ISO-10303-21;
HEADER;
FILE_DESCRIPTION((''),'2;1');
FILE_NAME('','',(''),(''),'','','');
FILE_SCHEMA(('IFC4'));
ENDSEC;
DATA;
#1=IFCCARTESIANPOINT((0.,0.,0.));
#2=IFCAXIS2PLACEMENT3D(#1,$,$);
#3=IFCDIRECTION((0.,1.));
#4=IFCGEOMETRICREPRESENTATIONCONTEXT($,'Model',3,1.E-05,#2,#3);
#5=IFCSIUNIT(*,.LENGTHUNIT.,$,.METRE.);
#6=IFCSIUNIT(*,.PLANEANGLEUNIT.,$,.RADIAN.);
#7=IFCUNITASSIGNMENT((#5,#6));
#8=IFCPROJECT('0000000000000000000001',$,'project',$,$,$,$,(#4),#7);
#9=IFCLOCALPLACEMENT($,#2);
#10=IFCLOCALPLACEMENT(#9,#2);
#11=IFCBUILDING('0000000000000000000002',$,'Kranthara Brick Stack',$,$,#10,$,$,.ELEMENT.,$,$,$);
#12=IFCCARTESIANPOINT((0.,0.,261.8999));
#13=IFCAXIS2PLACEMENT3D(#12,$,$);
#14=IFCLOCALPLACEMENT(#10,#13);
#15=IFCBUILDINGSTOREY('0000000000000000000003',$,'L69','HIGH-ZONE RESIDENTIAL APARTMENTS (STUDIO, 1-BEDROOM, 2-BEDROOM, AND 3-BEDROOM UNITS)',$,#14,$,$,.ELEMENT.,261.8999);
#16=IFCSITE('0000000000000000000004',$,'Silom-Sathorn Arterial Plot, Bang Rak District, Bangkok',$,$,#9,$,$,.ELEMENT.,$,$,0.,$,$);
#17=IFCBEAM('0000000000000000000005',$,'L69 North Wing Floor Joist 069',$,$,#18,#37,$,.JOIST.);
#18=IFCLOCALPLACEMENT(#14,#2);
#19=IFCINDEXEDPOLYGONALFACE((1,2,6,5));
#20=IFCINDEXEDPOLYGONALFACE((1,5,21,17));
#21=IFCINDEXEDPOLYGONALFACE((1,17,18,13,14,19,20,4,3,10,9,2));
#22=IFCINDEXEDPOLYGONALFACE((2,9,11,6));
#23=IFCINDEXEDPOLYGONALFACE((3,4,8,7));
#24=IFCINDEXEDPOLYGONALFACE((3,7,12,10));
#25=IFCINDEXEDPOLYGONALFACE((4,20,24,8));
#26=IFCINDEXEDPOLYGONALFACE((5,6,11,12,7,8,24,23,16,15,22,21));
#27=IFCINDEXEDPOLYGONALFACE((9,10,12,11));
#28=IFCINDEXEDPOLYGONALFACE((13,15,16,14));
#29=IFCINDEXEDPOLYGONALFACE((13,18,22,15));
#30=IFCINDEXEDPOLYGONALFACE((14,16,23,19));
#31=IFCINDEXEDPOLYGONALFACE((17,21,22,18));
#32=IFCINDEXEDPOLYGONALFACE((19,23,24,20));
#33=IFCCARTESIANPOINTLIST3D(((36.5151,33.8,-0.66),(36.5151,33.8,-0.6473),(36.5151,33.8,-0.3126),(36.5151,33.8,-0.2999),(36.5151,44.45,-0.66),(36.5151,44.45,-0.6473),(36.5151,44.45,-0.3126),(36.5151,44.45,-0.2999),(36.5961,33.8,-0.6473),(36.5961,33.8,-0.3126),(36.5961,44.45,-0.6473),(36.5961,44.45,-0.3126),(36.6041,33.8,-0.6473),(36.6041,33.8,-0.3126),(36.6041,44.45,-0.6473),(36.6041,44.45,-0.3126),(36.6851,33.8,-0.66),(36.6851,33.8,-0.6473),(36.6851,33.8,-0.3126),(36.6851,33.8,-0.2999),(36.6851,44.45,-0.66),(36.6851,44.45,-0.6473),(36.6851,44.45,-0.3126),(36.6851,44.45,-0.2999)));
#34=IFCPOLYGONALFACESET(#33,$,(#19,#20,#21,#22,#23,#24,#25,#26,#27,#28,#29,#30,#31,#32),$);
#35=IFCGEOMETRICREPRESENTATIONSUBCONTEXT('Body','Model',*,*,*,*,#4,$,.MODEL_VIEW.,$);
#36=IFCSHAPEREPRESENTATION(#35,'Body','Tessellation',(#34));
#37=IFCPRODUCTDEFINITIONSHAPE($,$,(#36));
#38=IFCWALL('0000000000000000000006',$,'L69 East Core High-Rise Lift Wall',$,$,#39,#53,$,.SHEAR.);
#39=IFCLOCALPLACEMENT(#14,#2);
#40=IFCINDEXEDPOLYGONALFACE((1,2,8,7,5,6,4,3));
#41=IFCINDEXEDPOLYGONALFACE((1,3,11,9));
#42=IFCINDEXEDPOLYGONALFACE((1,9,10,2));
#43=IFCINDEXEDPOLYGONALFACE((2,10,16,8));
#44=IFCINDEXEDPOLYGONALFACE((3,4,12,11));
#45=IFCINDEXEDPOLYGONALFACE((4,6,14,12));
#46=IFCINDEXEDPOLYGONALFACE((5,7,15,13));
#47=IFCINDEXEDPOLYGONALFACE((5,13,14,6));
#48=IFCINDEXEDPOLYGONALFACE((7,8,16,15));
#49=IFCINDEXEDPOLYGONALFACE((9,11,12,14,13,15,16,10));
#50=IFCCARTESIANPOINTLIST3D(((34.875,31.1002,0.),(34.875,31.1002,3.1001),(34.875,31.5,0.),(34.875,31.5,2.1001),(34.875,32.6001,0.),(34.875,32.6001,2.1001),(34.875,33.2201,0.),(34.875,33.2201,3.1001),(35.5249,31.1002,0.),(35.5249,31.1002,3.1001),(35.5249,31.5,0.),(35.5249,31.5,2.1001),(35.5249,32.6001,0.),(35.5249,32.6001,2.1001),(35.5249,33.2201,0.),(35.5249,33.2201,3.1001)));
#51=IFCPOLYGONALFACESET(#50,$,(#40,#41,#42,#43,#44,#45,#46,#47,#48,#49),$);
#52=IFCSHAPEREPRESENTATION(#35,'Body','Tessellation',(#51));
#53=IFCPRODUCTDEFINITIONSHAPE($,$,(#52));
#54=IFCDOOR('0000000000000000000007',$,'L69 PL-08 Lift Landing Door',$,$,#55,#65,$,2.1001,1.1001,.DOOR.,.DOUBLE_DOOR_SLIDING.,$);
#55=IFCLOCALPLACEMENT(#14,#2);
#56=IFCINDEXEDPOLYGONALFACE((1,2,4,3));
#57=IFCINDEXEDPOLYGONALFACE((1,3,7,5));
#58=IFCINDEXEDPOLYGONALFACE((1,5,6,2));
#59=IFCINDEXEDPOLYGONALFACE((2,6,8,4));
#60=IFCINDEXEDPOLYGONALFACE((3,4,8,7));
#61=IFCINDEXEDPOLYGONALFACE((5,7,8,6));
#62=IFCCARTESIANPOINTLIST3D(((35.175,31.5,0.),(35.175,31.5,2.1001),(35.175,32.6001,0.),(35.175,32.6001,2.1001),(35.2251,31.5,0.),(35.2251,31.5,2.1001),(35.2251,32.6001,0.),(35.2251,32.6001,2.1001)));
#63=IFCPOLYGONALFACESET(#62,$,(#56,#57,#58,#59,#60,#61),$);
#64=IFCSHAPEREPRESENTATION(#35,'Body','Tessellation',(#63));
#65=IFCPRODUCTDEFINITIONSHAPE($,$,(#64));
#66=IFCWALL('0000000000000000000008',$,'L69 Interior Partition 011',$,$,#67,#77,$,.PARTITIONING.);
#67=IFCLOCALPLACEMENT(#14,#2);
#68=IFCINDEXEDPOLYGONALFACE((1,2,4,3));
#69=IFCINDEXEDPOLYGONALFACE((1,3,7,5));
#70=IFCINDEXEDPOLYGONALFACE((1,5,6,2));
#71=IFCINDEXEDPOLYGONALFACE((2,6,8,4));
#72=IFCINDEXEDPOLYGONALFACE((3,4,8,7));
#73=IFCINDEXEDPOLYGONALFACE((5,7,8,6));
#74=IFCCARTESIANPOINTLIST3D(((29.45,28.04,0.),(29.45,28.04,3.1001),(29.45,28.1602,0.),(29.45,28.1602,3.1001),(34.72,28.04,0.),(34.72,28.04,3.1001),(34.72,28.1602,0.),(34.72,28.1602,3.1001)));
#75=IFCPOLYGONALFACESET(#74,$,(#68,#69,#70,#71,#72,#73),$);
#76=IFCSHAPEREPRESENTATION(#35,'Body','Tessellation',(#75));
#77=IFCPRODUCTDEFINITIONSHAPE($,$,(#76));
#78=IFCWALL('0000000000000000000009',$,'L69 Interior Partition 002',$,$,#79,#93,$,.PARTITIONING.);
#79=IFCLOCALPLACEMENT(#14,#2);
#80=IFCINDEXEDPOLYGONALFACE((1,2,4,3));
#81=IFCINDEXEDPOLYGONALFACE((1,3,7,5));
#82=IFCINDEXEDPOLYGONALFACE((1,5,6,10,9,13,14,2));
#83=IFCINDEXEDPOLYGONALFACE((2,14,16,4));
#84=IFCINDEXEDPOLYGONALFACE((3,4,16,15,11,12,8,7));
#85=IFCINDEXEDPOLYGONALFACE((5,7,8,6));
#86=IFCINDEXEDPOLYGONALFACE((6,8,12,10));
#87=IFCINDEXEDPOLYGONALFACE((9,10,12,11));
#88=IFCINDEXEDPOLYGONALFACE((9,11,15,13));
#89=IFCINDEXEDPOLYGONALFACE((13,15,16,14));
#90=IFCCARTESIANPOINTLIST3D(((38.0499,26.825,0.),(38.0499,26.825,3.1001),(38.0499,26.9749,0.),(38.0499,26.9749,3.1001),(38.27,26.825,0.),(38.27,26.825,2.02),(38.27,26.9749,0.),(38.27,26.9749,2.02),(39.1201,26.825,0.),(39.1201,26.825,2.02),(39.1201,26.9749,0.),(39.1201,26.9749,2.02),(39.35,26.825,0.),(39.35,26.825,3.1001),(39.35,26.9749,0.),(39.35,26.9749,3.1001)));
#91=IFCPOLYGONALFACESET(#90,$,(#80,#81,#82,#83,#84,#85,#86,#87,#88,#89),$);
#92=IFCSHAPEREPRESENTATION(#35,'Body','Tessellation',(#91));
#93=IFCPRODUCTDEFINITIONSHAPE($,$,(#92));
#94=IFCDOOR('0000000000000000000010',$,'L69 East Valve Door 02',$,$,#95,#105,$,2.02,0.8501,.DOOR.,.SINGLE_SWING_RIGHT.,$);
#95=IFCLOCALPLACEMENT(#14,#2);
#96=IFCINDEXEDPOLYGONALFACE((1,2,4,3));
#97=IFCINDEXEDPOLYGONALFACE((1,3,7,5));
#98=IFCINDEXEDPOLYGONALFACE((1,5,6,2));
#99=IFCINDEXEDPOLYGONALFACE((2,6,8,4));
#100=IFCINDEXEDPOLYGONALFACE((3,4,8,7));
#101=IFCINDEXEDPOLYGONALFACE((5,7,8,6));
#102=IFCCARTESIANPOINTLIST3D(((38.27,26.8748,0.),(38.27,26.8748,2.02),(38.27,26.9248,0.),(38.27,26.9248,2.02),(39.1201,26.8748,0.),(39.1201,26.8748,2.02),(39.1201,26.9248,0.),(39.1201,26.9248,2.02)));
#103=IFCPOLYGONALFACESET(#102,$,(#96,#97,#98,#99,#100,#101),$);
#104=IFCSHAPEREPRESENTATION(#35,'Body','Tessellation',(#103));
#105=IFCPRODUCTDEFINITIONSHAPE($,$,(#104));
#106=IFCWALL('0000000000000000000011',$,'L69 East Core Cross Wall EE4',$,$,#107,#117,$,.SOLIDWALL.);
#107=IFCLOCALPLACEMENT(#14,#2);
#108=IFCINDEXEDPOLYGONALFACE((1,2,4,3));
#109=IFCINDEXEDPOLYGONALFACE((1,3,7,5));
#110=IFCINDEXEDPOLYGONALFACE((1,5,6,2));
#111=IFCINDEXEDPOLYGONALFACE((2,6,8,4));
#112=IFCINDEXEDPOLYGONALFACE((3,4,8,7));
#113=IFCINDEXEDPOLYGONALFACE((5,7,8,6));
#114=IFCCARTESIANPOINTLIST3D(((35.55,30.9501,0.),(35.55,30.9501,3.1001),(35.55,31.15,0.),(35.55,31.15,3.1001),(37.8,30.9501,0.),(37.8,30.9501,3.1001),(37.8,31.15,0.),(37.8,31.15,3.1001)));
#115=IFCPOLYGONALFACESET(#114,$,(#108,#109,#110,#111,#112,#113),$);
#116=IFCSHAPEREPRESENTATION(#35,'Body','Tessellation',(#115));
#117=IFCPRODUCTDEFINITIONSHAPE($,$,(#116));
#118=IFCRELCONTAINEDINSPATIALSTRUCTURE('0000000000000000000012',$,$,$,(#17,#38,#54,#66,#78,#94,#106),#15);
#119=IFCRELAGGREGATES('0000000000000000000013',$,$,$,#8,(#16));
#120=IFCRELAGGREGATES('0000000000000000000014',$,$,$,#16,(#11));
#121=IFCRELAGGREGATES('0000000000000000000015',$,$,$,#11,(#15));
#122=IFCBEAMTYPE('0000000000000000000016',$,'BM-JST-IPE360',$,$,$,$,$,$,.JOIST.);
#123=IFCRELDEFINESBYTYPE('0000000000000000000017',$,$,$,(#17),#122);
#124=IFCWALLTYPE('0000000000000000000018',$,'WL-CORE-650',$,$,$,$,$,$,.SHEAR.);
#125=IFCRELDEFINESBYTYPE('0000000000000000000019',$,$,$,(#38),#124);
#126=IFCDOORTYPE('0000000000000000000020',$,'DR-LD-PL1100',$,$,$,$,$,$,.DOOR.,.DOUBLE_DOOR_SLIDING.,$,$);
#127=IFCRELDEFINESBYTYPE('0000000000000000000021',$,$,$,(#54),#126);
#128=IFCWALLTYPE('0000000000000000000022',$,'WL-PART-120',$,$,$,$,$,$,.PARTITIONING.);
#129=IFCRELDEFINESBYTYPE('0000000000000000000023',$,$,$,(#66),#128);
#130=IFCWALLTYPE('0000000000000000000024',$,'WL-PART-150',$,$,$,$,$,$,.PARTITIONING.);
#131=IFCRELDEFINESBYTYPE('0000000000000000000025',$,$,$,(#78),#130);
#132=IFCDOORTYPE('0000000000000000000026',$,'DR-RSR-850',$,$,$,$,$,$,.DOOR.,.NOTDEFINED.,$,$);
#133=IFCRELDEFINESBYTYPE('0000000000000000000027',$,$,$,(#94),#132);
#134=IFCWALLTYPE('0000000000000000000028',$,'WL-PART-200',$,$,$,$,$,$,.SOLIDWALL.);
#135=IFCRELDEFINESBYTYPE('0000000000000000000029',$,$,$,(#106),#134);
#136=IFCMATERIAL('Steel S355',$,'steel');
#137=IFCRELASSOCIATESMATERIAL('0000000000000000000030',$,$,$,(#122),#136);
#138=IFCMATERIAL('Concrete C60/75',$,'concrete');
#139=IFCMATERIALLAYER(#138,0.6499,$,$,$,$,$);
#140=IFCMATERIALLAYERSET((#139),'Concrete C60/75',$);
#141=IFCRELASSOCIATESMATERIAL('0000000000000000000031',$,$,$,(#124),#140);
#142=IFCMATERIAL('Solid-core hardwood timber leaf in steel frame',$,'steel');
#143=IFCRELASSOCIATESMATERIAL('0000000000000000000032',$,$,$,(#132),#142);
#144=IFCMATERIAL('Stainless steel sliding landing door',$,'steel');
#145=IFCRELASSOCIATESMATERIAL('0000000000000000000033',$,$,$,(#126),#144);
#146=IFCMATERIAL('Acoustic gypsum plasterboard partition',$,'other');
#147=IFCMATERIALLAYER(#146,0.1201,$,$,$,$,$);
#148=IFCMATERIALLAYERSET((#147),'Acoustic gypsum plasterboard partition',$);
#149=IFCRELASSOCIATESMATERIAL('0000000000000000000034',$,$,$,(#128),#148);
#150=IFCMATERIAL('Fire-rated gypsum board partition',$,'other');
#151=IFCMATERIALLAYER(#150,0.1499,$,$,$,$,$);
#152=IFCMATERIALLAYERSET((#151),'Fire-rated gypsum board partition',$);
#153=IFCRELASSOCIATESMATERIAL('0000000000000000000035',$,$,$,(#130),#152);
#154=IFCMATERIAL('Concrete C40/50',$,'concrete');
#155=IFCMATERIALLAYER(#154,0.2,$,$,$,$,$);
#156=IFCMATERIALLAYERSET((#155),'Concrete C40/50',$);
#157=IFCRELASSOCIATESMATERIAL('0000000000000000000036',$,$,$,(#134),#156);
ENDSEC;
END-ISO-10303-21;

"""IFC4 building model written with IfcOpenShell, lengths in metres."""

from ifc_helpers import new_model, si_unit, direction, frame, frame_2d, origin, origin_2d, place, context, subcontext, project, spatial, rectangle, i_section, extrude, material, layer, layer_set, material_profile, profile_set, type_object, element, fill, save


model = new_model("IFC4")

# Units and contexts
model_context = context("Model", 3, precision=1e-05, world=origin(), true_north=direction((0.0, 1.0)))
body_context = subcontext(model_context, "Body", "Model", "MODEL_VIEW")
ifc_project = project(units=[si_unit("LENGTHUNIT", "METRE"), si_unit("PLANEANGLEUNIT", "RADIAN")], contexts=[model_context])

# Site, building, storey
site_placement = place(None, origin())
site = spatial("IfcSite", under=ifc_project, at=site_placement, Name="Silom-Sathorn Arterial Plot, Bang Rak District, Bangkok", CompositionType="ELEMENT", RefElevation=0.0)
building_placement = place(site_placement, origin())
building = spatial("IfcBuilding", under=site, at=building_placement, Name="Kranthara Brick Stack", CompositionType="ELEMENT")
storey_placement = place(building_placement, frame((0.0, 0.0, 261.8999)))
storey = spatial("IfcBuildingStorey", under=building, at=storey_placement, Name="L69", Description="HIGH-ZONE RESIDENTIAL APARTMENTS (STUDIO, 1-BEDROOM, 2-BEDROOM, AND 3-BEDROOM UNITS)", CompositionType="ELEMENT", Elevation=261.8999)

# Beam
ifc_material_1 = material(Name="Steel S355", Category="steel")
ifc_material_profile_1 = material_profile(ifc_material_1, i_section(OverallWidth=0.1699, OverallDepth=0.3601, WebThickness=0.0081, FlangeThickness=0.0127, at=origin_2d()), Name="IPE 360")
ifc_profile_set_1 = profile_set([ifc_material_profile_1], Name="Steel S355")
beam_type_1 = type_object("IfcBeamType", Name="BM-JST-IPE360", PredefinedType="JOIST", material=ifc_profile_set_1)
beam_1_placement = place(storey_placement, frame((36.6001, 33.8, -0.48), z_axis=(0.0, 1.0, 0.0), x_axis=(-1.0, 0.0, 0.0)))
element("IfcBeam", 1, at=beam_1_placement, inside=storey, type_object=beam_type_1, Name="L69 North Wing Floor Joist 069", PredefinedType="JOIST", context=body_context, shape_type="SweptSolid", body=[
    extrude(i_section(OverallWidth=0.1699, OverallDepth=0.3601, WebThickness=0.0081, FlangeThickness=0.0127, at=origin_2d()), origin(), (0.0, 0.0, 1.0), 10.6499),
])

# Shared definitions
ifc_material_2 = material(Name="Concrete C60/75", Category="concrete")
ifc_layer_1 = layer(ifc_material_2, 0.6499)
ifc_layer_set_1 = layer_set([ifc_layer_1], Name="Concrete C60/75")
wall_type_1 = type_object("IfcWallType", Name="WL-CORE-650", PredefinedType="SHEAR", material=ifc_layer_set_1)
ifc_material_3 = material(Name="Solid-core hardwood timber leaf in steel frame", Category="steel")
door_type_1 = type_object("IfcDoorType", Name="DR-RSR-850", OperationType="NOTDEFINED", PredefinedType="DOOR", material=ifc_material_3)

# Wall, opening, door
wall_1_placement = place(storey_placement, frame((35.2, 31.1001, 0.0), z_axis=(0.0, 0.0, 1.0), x_axis=(0.0, 1.0, 0.0)))
wall_1 = element("IfcWall", 2, at=wall_1_placement, inside=storey, type_object=wall_type_1, Name="L69 East Core High-Rise Lift Wall", PredefinedType="SHEAR", context=body_context, shape_type="SweptSolid", body=[
    extrude(rectangle(XDim=2.1199, YDim=0.6499, at=frame_2d((1.0601, 0.0))), origin(), (0.0, 0.0, 1.0), 3.1001),
])
opening_1_placement = place(wall_1_placement, frame((0.3999, 0.0, 0.0)))
opening_1 = element("IfcOpeningElement", 3, at=opening_1_placement, cuts=wall_1, PredefinedType="OPENING", context=body_context, shape_type="SweptSolid", body=[
    extrude(rectangle(XDim=1.1001, YDim=2.1001, at=frame_2d((0.55, 1.05))), frame((0.0, 0.335, 0.0), z_axis=(0.0, -1.0, 0.0), x_axis=(1.0, 0.0, 0.0)), (0.0, 0.0, 1.0), 0.6699),
])
ifc_material_4 = material(Name="Stainless steel sliding landing door", Category="steel")
door_type_2 = type_object("IfcDoorType", Name="DR-LD-PL1100", OperationType="DOUBLE_DOOR_SLIDING", PredefinedType="DOOR", material=ifc_material_4)
door_1_placement = place(opening_1_placement, origin())
door_1 = element("IfcDoor", 4, at=door_1_placement, inside=storey, type_object=door_type_2, Name="L69 PL-08 Lift Landing Door", OperationType="DOUBLE_DOOR_SLIDING", OverallHeight=2.1001, OverallWidth=1.1001, PredefinedType="DOOR", context=body_context, shape_type="SweptSolid", body=[
    extrude(rectangle(XDim=1.1001, YDim=2.1001, at=frame_2d((0.55, 1.05))), frame((0.0, 0.0249, 0.0), z_axis=(0.0, -1.0, 0.0), x_axis=(1.0, 0.0, 0.0)), (0.0, 0.0, 1.0), 0.05),
])
fill(opening_1, door_1)

# Wall
ifc_material_5 = material(Name="Acoustic gypsum plasterboard partition", Category="other")
ifc_layer_2 = layer(ifc_material_5, 0.1201)
ifc_layer_set_2 = layer_set([ifc_layer_2], Name="Acoustic gypsum plasterboard partition")
wall_type_2 = type_object("IfcWallType", Name="WL-PART-120", PredefinedType="PARTITIONING", material=ifc_layer_set_2)
wall_2_placement = place(storey_placement, frame((29.45, 28.1001, 0.0), z_axis=(0.0, 0.0, 1.0), x_axis=(1.0, 0.0, 0.0)))
element("IfcWall", 5, at=wall_2_placement, inside=storey, type_object=wall_type_2, Name="L69 Interior Partition 011", PredefinedType="PARTITIONING", context=body_context, shape_type="SweptSolid", body=[
    extrude(rectangle(XDim=5.27, YDim=0.1201, at=frame_2d((2.635, 0.0))), origin(), (0.0, 0.0, 1.0), 3.1001),
])

# Wall, opening, door
ifc_material_6 = material(Name="Fire-rated gypsum board partition", Category="other")
ifc_layer_3 = layer(ifc_material_6, 0.1499)
ifc_layer_set_3 = layer_set([ifc_layer_3], Name="Fire-rated gypsum board partition")
wall_type_3 = type_object("IfcWallType", Name="WL-PART-150", PredefinedType="PARTITIONING", material=ifc_layer_set_3)
wall_3_placement = place(storey_placement, frame((38.05, 26.8999, 0.0), z_axis=(0.0, 0.0, 1.0), x_axis=(1.0, 0.0, 0.0)))
wall_3 = element("IfcWall", 6, at=wall_3_placement, inside=storey, type_object=wall_type_3, Name="L69 Interior Partition 002", PredefinedType="PARTITIONING", context=body_context, shape_type="SweptSolid", body=[
    extrude(rectangle(XDim=1.3, YDim=0.1499, at=frame_2d((0.6499, 0.0))), origin(), (0.0, 0.0, 1.0), 3.1001),
])
opening_2_placement = place(wall_3_placement, frame((0.22, 0.0, 0.0)))
opening_2 = element("IfcOpeningElement", 7, at=opening_2_placement, cuts=wall_3, PredefinedType="OPENING", context=body_context, shape_type="SweptSolid", body=[
    extrude(rectangle(XDim=0.8501, YDim=2.02, at=frame_2d((0.425, 1.01))), frame((0.0, 0.085, 0.0), z_axis=(0.0, -1.0, 0.0), x_axis=(1.0, 0.0, 0.0)), (0.0, 0.0, 1.0), 0.1699),
])
door_2_placement = place(opening_2_placement, origin())
door_2 = element("IfcDoor", 8, at=door_2_placement, inside=storey, type_object=door_type_1, Name="L69 East Valve Door 02", OperationType="SINGLE_SWING_RIGHT", OverallHeight=2.02, OverallWidth=0.8501, PredefinedType="DOOR", context=body_context, shape_type="SweptSolid", body=[
    extrude(rectangle(XDim=0.8501, YDim=2.02, at=frame_2d((0.425, 1.01))), frame((0.0, 0.0249, 0.0), z_axis=(0.0, -1.0, 0.0), x_axis=(1.0, 0.0, 0.0)), (0.0, 0.0, 1.0), 0.05),
])
fill(opening_2, door_2)

# Wall
ifc_material_7 = material(Name="Concrete C40/50", Category="concrete")
ifc_layer_4 = layer(ifc_material_7, 0.2)
ifc_layer_set_4 = layer_set([ifc_layer_4], Name="Concrete C40/50")
wall_type_4 = type_object("IfcWallType", Name="WL-PART-200", PredefinedType="SOLIDWALL", material=ifc_layer_set_4)
wall_4_placement = place(storey_placement, frame((35.55, 31.05, 0.0), z_axis=(0.0, 0.0, 1.0), x_axis=(1.0, 0.0, 0.0)))
element("IfcWall", 9, at=wall_4_placement, inside=storey, type_object=wall_type_4, Name="L69 East Core Cross Wall EE4", PredefinedType="SOLIDWALL", context=body_context, shape_type="SweptSolid", body=[
    extrude(rectangle(XDim=2.25, YDim=0.2, at=frame_2d((1.125, 0.0))), origin(), (0.0, 0.0, 1.0), 3.1001),
])

save(model, "model.ifc")
